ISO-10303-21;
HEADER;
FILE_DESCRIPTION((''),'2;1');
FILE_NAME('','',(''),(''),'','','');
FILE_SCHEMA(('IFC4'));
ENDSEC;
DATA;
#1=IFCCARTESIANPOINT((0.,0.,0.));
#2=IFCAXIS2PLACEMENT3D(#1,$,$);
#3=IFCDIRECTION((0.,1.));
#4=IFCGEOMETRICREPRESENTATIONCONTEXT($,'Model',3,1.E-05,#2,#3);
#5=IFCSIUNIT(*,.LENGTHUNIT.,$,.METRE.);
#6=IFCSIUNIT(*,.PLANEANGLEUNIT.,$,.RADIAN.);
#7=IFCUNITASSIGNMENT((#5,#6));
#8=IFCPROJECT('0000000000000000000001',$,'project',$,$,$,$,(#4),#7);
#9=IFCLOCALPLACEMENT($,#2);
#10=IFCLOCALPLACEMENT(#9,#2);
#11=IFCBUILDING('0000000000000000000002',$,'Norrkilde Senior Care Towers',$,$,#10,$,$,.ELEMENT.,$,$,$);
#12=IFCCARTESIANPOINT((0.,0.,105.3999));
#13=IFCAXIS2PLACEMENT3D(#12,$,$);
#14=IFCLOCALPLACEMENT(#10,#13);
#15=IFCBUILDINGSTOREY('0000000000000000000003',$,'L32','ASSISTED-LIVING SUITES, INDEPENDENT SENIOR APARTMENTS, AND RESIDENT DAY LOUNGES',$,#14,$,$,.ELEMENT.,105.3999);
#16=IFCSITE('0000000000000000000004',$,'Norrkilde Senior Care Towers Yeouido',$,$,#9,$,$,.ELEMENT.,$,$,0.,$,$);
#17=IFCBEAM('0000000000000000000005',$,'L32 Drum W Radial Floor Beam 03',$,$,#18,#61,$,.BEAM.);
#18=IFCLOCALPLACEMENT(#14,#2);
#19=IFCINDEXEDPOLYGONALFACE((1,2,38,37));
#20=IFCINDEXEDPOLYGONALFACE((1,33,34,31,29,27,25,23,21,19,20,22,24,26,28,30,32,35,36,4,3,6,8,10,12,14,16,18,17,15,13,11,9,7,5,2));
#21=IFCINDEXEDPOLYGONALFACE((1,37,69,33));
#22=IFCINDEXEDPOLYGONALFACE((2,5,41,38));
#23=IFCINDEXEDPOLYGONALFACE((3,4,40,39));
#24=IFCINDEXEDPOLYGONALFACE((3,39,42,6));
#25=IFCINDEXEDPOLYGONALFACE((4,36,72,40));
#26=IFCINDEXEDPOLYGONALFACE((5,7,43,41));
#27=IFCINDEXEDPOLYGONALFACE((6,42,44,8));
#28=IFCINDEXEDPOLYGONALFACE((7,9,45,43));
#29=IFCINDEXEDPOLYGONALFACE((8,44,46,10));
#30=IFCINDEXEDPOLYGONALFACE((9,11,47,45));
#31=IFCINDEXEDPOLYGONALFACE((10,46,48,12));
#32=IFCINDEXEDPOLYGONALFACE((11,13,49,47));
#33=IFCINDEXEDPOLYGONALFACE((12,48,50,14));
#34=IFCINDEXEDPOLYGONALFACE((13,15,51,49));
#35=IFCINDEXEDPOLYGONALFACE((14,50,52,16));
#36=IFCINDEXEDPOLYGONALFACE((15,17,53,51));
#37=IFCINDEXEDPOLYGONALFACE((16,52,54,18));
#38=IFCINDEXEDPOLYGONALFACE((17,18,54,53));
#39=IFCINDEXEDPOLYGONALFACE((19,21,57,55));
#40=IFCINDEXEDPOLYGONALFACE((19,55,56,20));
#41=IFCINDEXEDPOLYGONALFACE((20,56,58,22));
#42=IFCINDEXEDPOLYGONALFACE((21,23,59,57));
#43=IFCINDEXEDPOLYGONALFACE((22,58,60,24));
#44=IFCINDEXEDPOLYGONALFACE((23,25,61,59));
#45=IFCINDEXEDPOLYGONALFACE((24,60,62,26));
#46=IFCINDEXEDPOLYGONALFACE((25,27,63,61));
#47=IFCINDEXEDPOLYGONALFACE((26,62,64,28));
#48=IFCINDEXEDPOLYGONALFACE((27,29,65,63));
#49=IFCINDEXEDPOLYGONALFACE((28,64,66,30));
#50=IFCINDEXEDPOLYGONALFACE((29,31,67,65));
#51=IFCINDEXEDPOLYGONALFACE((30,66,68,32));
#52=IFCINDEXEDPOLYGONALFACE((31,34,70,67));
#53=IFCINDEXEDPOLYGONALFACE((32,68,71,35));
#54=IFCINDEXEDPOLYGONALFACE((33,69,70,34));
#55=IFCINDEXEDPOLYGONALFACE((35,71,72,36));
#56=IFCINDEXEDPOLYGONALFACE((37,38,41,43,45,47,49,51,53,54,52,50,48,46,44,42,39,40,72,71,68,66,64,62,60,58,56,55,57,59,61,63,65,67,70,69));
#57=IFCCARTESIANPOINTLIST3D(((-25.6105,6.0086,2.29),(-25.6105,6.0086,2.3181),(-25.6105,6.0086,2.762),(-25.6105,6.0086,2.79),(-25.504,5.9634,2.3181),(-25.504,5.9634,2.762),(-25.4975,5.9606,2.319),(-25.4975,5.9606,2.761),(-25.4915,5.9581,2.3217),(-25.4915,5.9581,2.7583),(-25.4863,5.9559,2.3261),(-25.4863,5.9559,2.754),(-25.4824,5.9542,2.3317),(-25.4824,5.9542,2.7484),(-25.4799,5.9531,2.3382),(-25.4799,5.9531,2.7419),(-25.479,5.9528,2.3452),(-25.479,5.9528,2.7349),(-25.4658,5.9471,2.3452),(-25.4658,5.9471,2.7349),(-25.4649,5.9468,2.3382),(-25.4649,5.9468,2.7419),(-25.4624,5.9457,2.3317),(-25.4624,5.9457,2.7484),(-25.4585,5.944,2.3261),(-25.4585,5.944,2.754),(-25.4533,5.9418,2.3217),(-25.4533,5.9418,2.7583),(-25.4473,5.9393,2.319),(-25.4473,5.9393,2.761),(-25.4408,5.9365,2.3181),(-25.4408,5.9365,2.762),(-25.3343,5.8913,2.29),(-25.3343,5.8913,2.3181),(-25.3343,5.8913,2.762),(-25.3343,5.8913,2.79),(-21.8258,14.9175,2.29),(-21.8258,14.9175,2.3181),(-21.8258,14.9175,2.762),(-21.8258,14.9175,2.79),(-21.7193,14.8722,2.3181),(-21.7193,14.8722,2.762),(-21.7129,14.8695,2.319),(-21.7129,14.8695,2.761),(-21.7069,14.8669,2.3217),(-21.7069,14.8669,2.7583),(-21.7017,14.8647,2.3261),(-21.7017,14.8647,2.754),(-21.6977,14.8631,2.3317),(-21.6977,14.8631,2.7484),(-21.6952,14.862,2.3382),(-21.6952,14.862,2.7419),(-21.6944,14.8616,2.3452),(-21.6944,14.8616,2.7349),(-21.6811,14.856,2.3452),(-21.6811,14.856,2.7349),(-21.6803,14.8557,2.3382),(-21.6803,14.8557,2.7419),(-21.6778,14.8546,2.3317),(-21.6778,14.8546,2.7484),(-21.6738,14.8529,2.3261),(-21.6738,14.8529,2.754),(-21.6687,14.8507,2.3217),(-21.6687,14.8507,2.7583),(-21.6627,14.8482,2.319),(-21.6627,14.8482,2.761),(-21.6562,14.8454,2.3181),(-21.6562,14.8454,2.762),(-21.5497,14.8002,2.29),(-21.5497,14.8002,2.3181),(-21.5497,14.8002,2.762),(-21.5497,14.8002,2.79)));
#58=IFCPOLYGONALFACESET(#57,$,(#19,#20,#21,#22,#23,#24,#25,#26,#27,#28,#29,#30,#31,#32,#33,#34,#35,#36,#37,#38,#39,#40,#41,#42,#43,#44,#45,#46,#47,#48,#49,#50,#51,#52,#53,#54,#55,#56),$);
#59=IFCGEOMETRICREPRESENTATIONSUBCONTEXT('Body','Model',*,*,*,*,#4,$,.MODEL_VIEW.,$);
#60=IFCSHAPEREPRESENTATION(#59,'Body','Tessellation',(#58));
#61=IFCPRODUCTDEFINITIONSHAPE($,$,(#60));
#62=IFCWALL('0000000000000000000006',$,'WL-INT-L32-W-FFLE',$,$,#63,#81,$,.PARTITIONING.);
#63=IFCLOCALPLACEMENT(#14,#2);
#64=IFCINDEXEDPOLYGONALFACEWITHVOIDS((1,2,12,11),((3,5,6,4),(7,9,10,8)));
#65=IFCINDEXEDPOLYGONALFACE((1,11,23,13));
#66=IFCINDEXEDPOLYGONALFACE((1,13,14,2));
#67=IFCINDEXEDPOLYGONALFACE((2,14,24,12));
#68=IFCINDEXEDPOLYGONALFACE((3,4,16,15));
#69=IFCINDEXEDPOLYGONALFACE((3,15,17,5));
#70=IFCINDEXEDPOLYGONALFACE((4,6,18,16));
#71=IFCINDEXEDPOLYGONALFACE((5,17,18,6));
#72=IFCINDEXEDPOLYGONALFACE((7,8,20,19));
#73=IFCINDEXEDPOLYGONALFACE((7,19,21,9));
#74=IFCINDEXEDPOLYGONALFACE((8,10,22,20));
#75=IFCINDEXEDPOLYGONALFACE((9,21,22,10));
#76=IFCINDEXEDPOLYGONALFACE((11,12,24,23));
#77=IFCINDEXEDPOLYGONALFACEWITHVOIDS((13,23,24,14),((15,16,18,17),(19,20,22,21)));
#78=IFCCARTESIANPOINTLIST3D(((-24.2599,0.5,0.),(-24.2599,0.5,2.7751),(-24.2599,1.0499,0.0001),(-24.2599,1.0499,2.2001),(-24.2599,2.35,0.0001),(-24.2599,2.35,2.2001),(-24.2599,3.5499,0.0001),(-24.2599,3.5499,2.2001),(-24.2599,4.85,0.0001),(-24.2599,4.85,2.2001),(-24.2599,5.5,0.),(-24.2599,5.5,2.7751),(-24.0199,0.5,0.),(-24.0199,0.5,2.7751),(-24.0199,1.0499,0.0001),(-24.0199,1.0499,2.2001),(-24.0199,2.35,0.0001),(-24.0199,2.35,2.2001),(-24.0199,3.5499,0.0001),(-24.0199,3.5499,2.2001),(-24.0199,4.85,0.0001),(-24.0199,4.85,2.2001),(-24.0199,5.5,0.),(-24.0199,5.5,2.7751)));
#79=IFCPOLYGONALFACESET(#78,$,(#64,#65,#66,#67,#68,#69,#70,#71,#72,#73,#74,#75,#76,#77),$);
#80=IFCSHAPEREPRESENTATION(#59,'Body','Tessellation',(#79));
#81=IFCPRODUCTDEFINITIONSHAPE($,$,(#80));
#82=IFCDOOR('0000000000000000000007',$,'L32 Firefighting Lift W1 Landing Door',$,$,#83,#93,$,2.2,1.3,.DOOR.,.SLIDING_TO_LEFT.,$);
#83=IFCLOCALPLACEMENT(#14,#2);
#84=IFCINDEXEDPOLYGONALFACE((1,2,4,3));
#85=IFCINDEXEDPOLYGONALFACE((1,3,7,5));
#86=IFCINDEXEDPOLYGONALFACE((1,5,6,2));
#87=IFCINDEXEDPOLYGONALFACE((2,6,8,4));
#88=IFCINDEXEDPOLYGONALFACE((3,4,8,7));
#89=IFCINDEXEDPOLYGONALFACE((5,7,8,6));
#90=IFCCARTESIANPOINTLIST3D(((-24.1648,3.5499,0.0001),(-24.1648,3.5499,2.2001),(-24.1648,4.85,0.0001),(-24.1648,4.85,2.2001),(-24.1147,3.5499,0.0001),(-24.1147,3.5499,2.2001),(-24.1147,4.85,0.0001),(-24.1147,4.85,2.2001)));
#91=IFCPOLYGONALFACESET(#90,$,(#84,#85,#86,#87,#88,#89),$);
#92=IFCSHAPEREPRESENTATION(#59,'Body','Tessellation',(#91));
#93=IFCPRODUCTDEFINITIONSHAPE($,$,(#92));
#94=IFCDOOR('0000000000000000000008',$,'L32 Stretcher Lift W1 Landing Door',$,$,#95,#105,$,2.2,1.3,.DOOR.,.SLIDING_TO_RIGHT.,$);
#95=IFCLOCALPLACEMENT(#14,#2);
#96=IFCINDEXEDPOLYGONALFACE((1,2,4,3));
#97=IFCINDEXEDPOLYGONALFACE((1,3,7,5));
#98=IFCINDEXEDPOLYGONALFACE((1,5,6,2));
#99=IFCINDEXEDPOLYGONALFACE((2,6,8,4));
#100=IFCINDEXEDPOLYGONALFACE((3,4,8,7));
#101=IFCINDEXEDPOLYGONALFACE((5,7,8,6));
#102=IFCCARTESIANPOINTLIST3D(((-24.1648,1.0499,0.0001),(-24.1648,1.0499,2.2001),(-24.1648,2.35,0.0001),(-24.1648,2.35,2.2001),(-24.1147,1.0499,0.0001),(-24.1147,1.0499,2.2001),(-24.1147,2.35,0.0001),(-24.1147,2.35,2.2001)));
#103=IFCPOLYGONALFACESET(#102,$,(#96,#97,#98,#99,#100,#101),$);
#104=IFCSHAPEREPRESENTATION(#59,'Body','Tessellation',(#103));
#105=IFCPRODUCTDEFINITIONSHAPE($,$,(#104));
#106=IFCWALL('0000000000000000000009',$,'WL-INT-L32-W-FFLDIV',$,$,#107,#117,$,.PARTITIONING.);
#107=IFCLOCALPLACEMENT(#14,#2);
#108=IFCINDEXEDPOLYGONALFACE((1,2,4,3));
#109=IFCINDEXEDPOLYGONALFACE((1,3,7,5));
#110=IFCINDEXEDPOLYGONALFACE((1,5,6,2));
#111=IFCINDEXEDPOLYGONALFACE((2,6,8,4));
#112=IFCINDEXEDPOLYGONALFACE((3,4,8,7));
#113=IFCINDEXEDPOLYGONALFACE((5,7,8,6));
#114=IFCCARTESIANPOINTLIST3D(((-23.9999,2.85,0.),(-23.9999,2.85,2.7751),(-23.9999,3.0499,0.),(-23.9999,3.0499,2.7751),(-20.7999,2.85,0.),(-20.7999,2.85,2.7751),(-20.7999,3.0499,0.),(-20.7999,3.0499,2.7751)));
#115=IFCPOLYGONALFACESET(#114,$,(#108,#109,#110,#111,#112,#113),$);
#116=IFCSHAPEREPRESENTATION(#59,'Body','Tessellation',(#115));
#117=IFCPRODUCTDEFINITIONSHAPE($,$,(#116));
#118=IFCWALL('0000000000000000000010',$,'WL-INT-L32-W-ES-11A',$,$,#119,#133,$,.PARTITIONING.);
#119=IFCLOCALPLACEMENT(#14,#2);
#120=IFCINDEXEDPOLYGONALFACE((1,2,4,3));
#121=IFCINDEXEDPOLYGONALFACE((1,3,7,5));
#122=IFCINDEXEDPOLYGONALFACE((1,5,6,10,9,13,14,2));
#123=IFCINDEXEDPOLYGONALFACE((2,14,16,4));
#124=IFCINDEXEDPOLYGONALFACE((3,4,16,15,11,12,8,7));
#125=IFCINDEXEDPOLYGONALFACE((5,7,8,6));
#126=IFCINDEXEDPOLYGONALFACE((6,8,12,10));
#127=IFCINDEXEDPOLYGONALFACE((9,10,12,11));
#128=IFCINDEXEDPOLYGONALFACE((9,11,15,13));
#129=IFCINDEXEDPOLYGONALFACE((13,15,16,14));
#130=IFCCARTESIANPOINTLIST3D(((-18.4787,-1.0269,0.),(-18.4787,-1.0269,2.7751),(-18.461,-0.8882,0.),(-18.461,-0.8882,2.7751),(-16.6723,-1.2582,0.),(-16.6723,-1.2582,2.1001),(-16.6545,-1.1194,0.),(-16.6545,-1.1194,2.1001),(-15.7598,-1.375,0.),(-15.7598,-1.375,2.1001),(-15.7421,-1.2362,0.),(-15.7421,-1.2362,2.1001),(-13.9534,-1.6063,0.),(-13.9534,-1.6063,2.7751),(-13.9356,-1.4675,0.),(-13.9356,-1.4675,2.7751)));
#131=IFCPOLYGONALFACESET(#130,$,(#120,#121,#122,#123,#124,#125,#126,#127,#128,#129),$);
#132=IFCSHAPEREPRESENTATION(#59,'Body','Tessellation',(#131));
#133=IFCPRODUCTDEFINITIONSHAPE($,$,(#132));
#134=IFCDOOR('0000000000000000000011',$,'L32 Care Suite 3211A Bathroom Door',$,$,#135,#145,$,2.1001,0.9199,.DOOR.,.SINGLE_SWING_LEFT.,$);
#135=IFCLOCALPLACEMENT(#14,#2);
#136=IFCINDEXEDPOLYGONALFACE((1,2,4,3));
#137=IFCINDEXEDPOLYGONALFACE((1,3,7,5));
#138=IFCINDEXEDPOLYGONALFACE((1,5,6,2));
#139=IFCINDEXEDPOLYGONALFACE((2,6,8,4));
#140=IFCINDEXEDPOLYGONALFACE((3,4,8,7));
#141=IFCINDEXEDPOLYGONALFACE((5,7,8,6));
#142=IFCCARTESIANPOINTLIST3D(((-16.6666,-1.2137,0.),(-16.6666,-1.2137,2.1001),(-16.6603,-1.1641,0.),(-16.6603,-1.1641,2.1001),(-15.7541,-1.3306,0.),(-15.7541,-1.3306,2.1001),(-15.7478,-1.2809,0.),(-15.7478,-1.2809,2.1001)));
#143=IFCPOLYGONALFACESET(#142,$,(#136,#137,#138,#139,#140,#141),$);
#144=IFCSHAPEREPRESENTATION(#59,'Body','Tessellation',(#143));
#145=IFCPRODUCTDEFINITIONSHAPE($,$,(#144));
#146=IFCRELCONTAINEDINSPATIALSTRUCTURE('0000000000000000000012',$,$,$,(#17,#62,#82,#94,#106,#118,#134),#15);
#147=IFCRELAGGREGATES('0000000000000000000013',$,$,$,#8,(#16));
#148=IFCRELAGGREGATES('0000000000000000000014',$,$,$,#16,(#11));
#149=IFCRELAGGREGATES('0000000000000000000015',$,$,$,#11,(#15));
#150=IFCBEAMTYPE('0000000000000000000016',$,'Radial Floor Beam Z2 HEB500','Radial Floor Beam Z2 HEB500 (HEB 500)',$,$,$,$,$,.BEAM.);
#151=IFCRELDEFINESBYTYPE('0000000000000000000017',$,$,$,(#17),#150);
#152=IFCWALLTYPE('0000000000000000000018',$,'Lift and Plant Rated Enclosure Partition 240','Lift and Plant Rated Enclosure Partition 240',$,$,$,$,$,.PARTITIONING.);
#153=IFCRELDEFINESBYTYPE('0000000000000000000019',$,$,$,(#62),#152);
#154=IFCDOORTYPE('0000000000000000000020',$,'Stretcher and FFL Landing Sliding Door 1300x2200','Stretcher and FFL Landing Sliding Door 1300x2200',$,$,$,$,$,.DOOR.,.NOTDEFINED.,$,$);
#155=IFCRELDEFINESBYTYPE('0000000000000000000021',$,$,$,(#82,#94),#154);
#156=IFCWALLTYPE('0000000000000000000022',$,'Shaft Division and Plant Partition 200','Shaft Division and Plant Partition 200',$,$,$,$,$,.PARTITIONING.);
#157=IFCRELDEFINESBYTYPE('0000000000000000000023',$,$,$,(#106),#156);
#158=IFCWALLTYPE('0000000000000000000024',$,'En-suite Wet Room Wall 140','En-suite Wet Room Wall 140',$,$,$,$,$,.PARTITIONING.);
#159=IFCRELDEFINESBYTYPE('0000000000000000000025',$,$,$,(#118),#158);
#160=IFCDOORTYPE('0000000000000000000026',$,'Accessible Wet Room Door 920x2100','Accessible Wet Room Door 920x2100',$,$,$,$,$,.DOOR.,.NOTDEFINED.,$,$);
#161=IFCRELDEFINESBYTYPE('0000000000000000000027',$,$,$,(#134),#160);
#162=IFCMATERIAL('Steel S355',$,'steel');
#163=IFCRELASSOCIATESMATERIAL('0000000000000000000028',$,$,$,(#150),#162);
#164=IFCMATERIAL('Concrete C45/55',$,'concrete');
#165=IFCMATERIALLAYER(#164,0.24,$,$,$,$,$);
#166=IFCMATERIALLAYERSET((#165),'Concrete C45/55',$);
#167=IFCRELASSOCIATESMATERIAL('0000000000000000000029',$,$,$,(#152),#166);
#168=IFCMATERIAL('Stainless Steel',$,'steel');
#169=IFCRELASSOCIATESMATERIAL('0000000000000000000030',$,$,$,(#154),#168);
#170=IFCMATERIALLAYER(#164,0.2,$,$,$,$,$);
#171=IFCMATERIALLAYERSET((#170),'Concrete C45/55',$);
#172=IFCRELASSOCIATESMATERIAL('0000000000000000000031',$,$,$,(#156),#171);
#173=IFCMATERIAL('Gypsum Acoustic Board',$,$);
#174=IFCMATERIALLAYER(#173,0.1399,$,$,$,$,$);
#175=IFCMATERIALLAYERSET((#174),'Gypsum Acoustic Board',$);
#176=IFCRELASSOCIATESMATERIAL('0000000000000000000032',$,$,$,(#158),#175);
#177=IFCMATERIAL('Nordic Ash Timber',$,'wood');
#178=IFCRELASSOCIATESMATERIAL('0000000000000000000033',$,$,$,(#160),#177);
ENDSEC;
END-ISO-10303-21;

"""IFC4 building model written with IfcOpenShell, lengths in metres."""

from ifc_helpers import new_model, si_unit, direction, frame, frame_2d, origin, origin_2d, place, context, subcontext, project, spatial, rectangle, i_section, extrude, source, transform, mapped, material, layer, layer_set, material_profile, profile_set, type_object, type_shapes, element, fill, save


model = new_model("IFC4")

# Units and contexts
model_context = context("Model", 3, precision=1e-05, world=origin(), true_north=direction((0.0, 1.0)))
body_context = subcontext(model_context, "Body", "Model", "MODEL_VIEW")
ifc_project = project(units=[si_unit("LENGTHUNIT", "METRE"), si_unit("PLANEANGLEUNIT", "RADIAN")], contexts=[model_context])

# Site, building, storey
site_placement = place(None, origin())
site = spatial("IfcSite", under=ifc_project, at=site_placement, Name="Norrkilde Senior Care Towers Yeouido", CompositionType="ELEMENT", RefElevation=0.0)
building_placement = place(site_placement, origin())
building = spatial("IfcBuilding", under=site, at=building_placement, Name="Norrkilde Senior Care Towers", CompositionType="ELEMENT")
storey_placement = place(building_placement, frame((0.0, 0.0, 105.3999)))
storey = spatial("IfcBuildingStorey", under=building, at=storey_placement, Name="L32", Description="ASSISTED-LIVING SUITES, INDEPENDENT SENIOR APARTMENTS, AND RESIDENT DAY LOUNGES", CompositionType="ELEMENT", Elevation=105.3999)

# Beam
ifc_material_1 = material(Name="Steel S355", Category="steel")
ifc_material_profile_1 = material_profile(ifc_material_1, i_section(OverallWidth=0.3, OverallDepth=0.5, WebThickness=0.0144, FlangeThickness=0.0281, FilletRadius=0.0271, at=origin_2d()), Name="HEB 500")
ifc_profile_set_1 = profile_set([ifc_material_profile_1], Name="Steel S355")
beam_type = type_object("IfcBeamType", Name="Radial Floor Beam Z2 HEB500", Description="Radial Floor Beam Z2 HEB500 (HEB 500)", PredefinedType="BEAM", material=ifc_profile_set_1)
shared_shape_1 = source(origin(), body_context, "Body", "SweptSolid", [
    extrude(i_section(OverallWidth=0.3, OverallDepth=0.5, WebThickness=0.0144, FlangeThickness=0.0281, FilletRadius=0.0271, at=origin_2d()), origin(), (0.0, 0.0, 1.0), 9.6794),
])
beam_1_placement = place(storey_placement, frame((-25.4724, 5.95, 2.54), z_axis=(0.390998, 0.920392, 0.0), x_axis=(-0.920392, 0.390998, 0.0)))
element("IfcBeam", 1, at=beam_1_placement, inside=storey, type_object=beam_type, Name="L32 Drum W Radial Floor Beam 03", PredefinedType="BEAM", context=body_context, shape_type="MappedRepresentation", body=[
    mapped(shared_shape_1, transform((0.0, 0.0, 0.0), x_axis=(1.0, 0.0, 0.0), y_axis=(0.0, 1.0, 0.0), z_axis=(0.0, 0.0, 1.0), scale=1.0)),
])

# Wall, openings, doors
ifc_material_2 = material(Name="Concrete C45/55", Category="concrete")
ifc_layer_1 = layer(ifc_material_2, 0.24)
ifc_layer_set_1 = layer_set([ifc_layer_1], Name="Concrete C45/55")
wall_type_1 = type_object("IfcWallType", Name="Lift and Plant Rated Enclosure Partition 240", Description="Lift and Plant Rated Enclosure Partition 240", PredefinedType="PARTITIONING", material=ifc_layer_set_1)
shared_shape_2 = source(origin(), body_context, "Body", "SweptSolid", [
    extrude(rectangle(XDim=5.0, YDim=0.24, at=frame_2d((2.5, 0.0))), origin(), (0.0, 0.0, 1.0), 2.7751),
])
type_shapes(wall_type_1, [shared_shape_2])
wall_1_placement = place(storey_placement, frame((-24.1399, 0.5, 0.0), z_axis=(0.0, 0.0, 1.0), x_axis=(0.0, 1.0, 0.0)))
wall_1 = element("IfcWall", 2, at=wall_1_placement, inside=storey, type_object=wall_type_1, Name="WL-INT-L32-W-FFLE", PredefinedType="PARTITIONING", context=body_context, shape_type="MappedRepresentation", body=[
    mapped(shared_shape_2, transform((0.0, 0.0, 0.0), x_axis=(1.0, 0.0, 0.0), y_axis=(0.0, 1.0, 0.0), z_axis=(0.0, 0.0, 1.0), scale=1.0)),
])
opening_1_placement = place(wall_1_placement, frame((3.05, 0.0, 0.0)))
opening_1 = element("IfcOpeningElement", 3, at=opening_1_placement, cuts=wall_1, PredefinedType="OPENING", context=body_context, shape_type="SweptSolid", body=[
    extrude(rectangle(XDim=1.3, YDim=2.2, at=frame_2d((0.6499, 1.1001))), frame((0.0, 0.1299, 0.0), z_axis=(0.0, -1.0, 0.0), x_axis=(1.0, 0.0, 0.0)), (0.0, 0.0, 1.0), 0.26),
])
opening_2_placement = place(wall_1_placement, frame((0.55, 0.0, 0.0)))
opening_2 = element("IfcOpeningElement", 4, at=opening_2_placement, cuts=wall_1, PredefinedType="OPENING", context=body_context, shape_type="SweptSolid", body=[
    extrude(rectangle(XDim=1.3, YDim=2.2, at=frame_2d((0.6499, 1.1001))), frame((0.0, 0.1299, 0.0), z_axis=(0.0, -1.0, 0.0), x_axis=(1.0, 0.0, 0.0)), (0.0, 0.0, 1.0), 0.26),
])
ifc_material_3 = material(Name="Stainless Steel", Category="steel")
door_type_1 = type_object("IfcDoorType", Name="Stretcher and FFL Landing Sliding Door 1300x2200", Description="Stretcher and FFL Landing Sliding Door 1300x2200", OperationType="NOTDEFINED", PredefinedType="DOOR", material=ifc_material_3)
shared_shape_3 = source(origin(), body_context, "Body", "SweptSolid", [
    extrude(rectangle(XDim=1.3, YDim=2.2, at=frame_2d((0.6499, 1.1001))), frame((0.0, 0.0249, 0.0), z_axis=(0.0, -1.0, 0.0), x_axis=(1.0, 0.0, 0.0)), (0.0, 0.0, 1.0), 0.05),
])
type_shapes(door_type_1, [shared_shape_3])
door_1_placement = place(opening_1_placement, origin())
door_1 = element("IfcDoor", 5, at=door_1_placement, inside=storey, type_object=door_type_1, Name="L32 Firefighting Lift W1 Landing Door", OperationType="SLIDING_TO_LEFT", OverallHeight=2.2, OverallWidth=1.3, PredefinedType="DOOR", context=body_context, shape_type="MappedRepresentation", body=[
    mapped(shared_shape_3, transform((0.0, 0.0, 0.0), x_axis=(1.0, 0.0, 0.0), y_axis=(0.0, 1.0, 0.0), z_axis=(0.0, 0.0, 1.0), scale=1.0)),
])
fill(opening_1, door_1)
door_2_placement = place(opening_2_placement, origin())
door_2 = element("IfcDoor", 6, at=door_2_placement, inside=storey, type_object=door_type_1, Name="L32 Stretcher Lift W1 Landing Door", OperationType="SLIDING_TO_RIGHT", OverallHeight=2.2, OverallWidth=1.3, PredefinedType="DOOR", context=body_context, shape_type="MappedRepresentation", body=[
    mapped(shared_shape_3, transform((0.0, 0.0, 0.0), x_axis=(1.0, 0.0, 0.0), y_axis=(0.0, 1.0, 0.0), z_axis=(0.0, 0.0, 1.0), scale=1.0)),
])
fill(opening_2, door_2)

# Wall
ifc_layer_2 = layer(ifc_material_2, 0.2)
ifc_layer_set_2 = layer_set([ifc_layer_2], Name="Concrete C45/55")
wall_type_2 = type_object("IfcWallType", Name="Shaft Division and Plant Partition 200", Description="Shaft Division and Plant Partition 200", PredefinedType="PARTITIONING", material=ifc_layer_set_2)
shared_shape_4 = source(origin(), body_context, "Body", "SweptSolid", [
    extrude(rectangle(XDim=3.2, YDim=0.2, at=frame_2d((1.6001, 0.0))), origin(), (0.0, 0.0, 1.0), 2.7751),
])
type_shapes(wall_type_2, [shared_shape_4])
wall_2_placement = place(storey_placement, frame((-24.0, 2.95, 0.0), z_axis=(0.0, 0.0, 1.0), x_axis=(1.0, 0.0, 0.0)))
element("IfcWall", 7, at=wall_2_placement, inside=storey, type_object=wall_type_2, Name="WL-INT-L32-W-FFLDIV", PredefinedType="PARTITIONING", context=body_context, shape_type="MappedRepresentation", body=[
    mapped(shared_shape_4, transform((0.0, 0.0, 0.0), x_axis=(1.0, 0.0, 0.0), y_axis=(0.0, 1.0, 0.0), z_axis=(0.0, 0.0, 1.0), scale=1.0)),
])

# Wall, opening, door
ifc_material_4 = material(Name="Gypsum Acoustic Board")
ifc_layer_3 = layer(ifc_material_4, 0.1399)
ifc_layer_set_3 = layer_set([ifc_layer_3], Name="Gypsum Acoustic Board")
wall_type_3 = type_object("IfcWallType", Name="En-suite Wet Room Wall 140", Description="En-suite Wet Room Wall 140", PredefinedType="PARTITIONING", material=ifc_layer_set_3)
shared_shape_5 = source(origin(), body_context, "Body", "SweptSolid", [
    extrude(rectangle(XDim=4.5623, YDim=0.1399, at=frame_2d((2.2812, 0.0))), origin(), (0.0, 0.0, 1.0), 2.7751),
])
type_shapes(wall_type_3, [shared_shape_5])
wall_3_placement = place(storey_placement, frame((-18.47, -0.9575, 0.0), z_axis=(0.0, 0.0, 1.0), x_axis=(0.991905, -0.126985, 0.0)))
wall_3 = element("IfcWall", 8, at=wall_3_placement, inside=storey, type_object=wall_type_3, Name="WL-INT-L32-W-ES-11A", PredefinedType="PARTITIONING", context=body_context, shape_type="MappedRepresentation", body=[
    mapped(shared_shape_5, transform((0.0, 0.0, 0.0), x_axis=(1.0, 0.0, 0.0), y_axis=(0.0, 1.0, 0.0), z_axis=(0.0, 0.0, 1.0), scale=1.0)),
])
opening_3_placement = place(wall_3_placement, frame((1.8213, 0.0, 0.0)))
opening_3 = element("IfcOpeningElement", 9, at=opening_3_placement, cuts=wall_3, PredefinedType="OPENING", context=body_context, shape_type="SweptSolid", body=[
    extrude(rectangle(XDim=0.9199, YDim=2.1001, at=frame_2d((0.46, 1.05))), frame((0.0, 0.0798, 0.0), z_axis=(0.0, -1.0, 0.0), x_axis=(1.0, 0.0, 0.0)), (0.0, 0.0, 1.0), 0.1599),
])
ifc_material_5 = material(Name="Nordic Ash Timber", Category="wood")
door_type_2 = type_object("IfcDoorType", Name="Accessible Wet Room Door 920x2100", Description="Accessible Wet Room Door 920x2100", OperationType="NOTDEFINED", PredefinedType="DOOR", material=ifc_material_5)
shared_shape_6 = source(origin(), body_context, "Body", "SweptSolid", [
    extrude(rectangle(XDim=0.9199, YDim=2.1001, at=frame_2d((0.46, 1.05))), frame((0.0, 0.0249, 0.0), z_axis=(0.0, -1.0, 0.0), x_axis=(1.0, 0.0, 0.0)), (0.0, 0.0, 1.0), 0.05),
])
type_shapes(door_type_2, [shared_shape_6])
door_3_placement = place(opening_3_placement, origin())
door_3 = element("IfcDoor", 10, at=door_3_placement, inside=storey, type_object=door_type_2, Name="L32 Care Suite 3211A Bathroom Door", OperationType="SINGLE_SWING_LEFT", OverallHeight=2.1001, OverallWidth=0.9199, PredefinedType="DOOR", context=body_context, shape_type="MappedRepresentation", body=[
    mapped(shared_shape_6, transform((0.0, 0.0, 0.0), x_axis=(1.0, 0.0, 0.0), y_axis=(0.0, 1.0, 0.0), z_axis=(0.0, 0.0, 1.0), scale=1.0)),
])
fill(opening_3, door_3)

save(model, "model.ifc")
